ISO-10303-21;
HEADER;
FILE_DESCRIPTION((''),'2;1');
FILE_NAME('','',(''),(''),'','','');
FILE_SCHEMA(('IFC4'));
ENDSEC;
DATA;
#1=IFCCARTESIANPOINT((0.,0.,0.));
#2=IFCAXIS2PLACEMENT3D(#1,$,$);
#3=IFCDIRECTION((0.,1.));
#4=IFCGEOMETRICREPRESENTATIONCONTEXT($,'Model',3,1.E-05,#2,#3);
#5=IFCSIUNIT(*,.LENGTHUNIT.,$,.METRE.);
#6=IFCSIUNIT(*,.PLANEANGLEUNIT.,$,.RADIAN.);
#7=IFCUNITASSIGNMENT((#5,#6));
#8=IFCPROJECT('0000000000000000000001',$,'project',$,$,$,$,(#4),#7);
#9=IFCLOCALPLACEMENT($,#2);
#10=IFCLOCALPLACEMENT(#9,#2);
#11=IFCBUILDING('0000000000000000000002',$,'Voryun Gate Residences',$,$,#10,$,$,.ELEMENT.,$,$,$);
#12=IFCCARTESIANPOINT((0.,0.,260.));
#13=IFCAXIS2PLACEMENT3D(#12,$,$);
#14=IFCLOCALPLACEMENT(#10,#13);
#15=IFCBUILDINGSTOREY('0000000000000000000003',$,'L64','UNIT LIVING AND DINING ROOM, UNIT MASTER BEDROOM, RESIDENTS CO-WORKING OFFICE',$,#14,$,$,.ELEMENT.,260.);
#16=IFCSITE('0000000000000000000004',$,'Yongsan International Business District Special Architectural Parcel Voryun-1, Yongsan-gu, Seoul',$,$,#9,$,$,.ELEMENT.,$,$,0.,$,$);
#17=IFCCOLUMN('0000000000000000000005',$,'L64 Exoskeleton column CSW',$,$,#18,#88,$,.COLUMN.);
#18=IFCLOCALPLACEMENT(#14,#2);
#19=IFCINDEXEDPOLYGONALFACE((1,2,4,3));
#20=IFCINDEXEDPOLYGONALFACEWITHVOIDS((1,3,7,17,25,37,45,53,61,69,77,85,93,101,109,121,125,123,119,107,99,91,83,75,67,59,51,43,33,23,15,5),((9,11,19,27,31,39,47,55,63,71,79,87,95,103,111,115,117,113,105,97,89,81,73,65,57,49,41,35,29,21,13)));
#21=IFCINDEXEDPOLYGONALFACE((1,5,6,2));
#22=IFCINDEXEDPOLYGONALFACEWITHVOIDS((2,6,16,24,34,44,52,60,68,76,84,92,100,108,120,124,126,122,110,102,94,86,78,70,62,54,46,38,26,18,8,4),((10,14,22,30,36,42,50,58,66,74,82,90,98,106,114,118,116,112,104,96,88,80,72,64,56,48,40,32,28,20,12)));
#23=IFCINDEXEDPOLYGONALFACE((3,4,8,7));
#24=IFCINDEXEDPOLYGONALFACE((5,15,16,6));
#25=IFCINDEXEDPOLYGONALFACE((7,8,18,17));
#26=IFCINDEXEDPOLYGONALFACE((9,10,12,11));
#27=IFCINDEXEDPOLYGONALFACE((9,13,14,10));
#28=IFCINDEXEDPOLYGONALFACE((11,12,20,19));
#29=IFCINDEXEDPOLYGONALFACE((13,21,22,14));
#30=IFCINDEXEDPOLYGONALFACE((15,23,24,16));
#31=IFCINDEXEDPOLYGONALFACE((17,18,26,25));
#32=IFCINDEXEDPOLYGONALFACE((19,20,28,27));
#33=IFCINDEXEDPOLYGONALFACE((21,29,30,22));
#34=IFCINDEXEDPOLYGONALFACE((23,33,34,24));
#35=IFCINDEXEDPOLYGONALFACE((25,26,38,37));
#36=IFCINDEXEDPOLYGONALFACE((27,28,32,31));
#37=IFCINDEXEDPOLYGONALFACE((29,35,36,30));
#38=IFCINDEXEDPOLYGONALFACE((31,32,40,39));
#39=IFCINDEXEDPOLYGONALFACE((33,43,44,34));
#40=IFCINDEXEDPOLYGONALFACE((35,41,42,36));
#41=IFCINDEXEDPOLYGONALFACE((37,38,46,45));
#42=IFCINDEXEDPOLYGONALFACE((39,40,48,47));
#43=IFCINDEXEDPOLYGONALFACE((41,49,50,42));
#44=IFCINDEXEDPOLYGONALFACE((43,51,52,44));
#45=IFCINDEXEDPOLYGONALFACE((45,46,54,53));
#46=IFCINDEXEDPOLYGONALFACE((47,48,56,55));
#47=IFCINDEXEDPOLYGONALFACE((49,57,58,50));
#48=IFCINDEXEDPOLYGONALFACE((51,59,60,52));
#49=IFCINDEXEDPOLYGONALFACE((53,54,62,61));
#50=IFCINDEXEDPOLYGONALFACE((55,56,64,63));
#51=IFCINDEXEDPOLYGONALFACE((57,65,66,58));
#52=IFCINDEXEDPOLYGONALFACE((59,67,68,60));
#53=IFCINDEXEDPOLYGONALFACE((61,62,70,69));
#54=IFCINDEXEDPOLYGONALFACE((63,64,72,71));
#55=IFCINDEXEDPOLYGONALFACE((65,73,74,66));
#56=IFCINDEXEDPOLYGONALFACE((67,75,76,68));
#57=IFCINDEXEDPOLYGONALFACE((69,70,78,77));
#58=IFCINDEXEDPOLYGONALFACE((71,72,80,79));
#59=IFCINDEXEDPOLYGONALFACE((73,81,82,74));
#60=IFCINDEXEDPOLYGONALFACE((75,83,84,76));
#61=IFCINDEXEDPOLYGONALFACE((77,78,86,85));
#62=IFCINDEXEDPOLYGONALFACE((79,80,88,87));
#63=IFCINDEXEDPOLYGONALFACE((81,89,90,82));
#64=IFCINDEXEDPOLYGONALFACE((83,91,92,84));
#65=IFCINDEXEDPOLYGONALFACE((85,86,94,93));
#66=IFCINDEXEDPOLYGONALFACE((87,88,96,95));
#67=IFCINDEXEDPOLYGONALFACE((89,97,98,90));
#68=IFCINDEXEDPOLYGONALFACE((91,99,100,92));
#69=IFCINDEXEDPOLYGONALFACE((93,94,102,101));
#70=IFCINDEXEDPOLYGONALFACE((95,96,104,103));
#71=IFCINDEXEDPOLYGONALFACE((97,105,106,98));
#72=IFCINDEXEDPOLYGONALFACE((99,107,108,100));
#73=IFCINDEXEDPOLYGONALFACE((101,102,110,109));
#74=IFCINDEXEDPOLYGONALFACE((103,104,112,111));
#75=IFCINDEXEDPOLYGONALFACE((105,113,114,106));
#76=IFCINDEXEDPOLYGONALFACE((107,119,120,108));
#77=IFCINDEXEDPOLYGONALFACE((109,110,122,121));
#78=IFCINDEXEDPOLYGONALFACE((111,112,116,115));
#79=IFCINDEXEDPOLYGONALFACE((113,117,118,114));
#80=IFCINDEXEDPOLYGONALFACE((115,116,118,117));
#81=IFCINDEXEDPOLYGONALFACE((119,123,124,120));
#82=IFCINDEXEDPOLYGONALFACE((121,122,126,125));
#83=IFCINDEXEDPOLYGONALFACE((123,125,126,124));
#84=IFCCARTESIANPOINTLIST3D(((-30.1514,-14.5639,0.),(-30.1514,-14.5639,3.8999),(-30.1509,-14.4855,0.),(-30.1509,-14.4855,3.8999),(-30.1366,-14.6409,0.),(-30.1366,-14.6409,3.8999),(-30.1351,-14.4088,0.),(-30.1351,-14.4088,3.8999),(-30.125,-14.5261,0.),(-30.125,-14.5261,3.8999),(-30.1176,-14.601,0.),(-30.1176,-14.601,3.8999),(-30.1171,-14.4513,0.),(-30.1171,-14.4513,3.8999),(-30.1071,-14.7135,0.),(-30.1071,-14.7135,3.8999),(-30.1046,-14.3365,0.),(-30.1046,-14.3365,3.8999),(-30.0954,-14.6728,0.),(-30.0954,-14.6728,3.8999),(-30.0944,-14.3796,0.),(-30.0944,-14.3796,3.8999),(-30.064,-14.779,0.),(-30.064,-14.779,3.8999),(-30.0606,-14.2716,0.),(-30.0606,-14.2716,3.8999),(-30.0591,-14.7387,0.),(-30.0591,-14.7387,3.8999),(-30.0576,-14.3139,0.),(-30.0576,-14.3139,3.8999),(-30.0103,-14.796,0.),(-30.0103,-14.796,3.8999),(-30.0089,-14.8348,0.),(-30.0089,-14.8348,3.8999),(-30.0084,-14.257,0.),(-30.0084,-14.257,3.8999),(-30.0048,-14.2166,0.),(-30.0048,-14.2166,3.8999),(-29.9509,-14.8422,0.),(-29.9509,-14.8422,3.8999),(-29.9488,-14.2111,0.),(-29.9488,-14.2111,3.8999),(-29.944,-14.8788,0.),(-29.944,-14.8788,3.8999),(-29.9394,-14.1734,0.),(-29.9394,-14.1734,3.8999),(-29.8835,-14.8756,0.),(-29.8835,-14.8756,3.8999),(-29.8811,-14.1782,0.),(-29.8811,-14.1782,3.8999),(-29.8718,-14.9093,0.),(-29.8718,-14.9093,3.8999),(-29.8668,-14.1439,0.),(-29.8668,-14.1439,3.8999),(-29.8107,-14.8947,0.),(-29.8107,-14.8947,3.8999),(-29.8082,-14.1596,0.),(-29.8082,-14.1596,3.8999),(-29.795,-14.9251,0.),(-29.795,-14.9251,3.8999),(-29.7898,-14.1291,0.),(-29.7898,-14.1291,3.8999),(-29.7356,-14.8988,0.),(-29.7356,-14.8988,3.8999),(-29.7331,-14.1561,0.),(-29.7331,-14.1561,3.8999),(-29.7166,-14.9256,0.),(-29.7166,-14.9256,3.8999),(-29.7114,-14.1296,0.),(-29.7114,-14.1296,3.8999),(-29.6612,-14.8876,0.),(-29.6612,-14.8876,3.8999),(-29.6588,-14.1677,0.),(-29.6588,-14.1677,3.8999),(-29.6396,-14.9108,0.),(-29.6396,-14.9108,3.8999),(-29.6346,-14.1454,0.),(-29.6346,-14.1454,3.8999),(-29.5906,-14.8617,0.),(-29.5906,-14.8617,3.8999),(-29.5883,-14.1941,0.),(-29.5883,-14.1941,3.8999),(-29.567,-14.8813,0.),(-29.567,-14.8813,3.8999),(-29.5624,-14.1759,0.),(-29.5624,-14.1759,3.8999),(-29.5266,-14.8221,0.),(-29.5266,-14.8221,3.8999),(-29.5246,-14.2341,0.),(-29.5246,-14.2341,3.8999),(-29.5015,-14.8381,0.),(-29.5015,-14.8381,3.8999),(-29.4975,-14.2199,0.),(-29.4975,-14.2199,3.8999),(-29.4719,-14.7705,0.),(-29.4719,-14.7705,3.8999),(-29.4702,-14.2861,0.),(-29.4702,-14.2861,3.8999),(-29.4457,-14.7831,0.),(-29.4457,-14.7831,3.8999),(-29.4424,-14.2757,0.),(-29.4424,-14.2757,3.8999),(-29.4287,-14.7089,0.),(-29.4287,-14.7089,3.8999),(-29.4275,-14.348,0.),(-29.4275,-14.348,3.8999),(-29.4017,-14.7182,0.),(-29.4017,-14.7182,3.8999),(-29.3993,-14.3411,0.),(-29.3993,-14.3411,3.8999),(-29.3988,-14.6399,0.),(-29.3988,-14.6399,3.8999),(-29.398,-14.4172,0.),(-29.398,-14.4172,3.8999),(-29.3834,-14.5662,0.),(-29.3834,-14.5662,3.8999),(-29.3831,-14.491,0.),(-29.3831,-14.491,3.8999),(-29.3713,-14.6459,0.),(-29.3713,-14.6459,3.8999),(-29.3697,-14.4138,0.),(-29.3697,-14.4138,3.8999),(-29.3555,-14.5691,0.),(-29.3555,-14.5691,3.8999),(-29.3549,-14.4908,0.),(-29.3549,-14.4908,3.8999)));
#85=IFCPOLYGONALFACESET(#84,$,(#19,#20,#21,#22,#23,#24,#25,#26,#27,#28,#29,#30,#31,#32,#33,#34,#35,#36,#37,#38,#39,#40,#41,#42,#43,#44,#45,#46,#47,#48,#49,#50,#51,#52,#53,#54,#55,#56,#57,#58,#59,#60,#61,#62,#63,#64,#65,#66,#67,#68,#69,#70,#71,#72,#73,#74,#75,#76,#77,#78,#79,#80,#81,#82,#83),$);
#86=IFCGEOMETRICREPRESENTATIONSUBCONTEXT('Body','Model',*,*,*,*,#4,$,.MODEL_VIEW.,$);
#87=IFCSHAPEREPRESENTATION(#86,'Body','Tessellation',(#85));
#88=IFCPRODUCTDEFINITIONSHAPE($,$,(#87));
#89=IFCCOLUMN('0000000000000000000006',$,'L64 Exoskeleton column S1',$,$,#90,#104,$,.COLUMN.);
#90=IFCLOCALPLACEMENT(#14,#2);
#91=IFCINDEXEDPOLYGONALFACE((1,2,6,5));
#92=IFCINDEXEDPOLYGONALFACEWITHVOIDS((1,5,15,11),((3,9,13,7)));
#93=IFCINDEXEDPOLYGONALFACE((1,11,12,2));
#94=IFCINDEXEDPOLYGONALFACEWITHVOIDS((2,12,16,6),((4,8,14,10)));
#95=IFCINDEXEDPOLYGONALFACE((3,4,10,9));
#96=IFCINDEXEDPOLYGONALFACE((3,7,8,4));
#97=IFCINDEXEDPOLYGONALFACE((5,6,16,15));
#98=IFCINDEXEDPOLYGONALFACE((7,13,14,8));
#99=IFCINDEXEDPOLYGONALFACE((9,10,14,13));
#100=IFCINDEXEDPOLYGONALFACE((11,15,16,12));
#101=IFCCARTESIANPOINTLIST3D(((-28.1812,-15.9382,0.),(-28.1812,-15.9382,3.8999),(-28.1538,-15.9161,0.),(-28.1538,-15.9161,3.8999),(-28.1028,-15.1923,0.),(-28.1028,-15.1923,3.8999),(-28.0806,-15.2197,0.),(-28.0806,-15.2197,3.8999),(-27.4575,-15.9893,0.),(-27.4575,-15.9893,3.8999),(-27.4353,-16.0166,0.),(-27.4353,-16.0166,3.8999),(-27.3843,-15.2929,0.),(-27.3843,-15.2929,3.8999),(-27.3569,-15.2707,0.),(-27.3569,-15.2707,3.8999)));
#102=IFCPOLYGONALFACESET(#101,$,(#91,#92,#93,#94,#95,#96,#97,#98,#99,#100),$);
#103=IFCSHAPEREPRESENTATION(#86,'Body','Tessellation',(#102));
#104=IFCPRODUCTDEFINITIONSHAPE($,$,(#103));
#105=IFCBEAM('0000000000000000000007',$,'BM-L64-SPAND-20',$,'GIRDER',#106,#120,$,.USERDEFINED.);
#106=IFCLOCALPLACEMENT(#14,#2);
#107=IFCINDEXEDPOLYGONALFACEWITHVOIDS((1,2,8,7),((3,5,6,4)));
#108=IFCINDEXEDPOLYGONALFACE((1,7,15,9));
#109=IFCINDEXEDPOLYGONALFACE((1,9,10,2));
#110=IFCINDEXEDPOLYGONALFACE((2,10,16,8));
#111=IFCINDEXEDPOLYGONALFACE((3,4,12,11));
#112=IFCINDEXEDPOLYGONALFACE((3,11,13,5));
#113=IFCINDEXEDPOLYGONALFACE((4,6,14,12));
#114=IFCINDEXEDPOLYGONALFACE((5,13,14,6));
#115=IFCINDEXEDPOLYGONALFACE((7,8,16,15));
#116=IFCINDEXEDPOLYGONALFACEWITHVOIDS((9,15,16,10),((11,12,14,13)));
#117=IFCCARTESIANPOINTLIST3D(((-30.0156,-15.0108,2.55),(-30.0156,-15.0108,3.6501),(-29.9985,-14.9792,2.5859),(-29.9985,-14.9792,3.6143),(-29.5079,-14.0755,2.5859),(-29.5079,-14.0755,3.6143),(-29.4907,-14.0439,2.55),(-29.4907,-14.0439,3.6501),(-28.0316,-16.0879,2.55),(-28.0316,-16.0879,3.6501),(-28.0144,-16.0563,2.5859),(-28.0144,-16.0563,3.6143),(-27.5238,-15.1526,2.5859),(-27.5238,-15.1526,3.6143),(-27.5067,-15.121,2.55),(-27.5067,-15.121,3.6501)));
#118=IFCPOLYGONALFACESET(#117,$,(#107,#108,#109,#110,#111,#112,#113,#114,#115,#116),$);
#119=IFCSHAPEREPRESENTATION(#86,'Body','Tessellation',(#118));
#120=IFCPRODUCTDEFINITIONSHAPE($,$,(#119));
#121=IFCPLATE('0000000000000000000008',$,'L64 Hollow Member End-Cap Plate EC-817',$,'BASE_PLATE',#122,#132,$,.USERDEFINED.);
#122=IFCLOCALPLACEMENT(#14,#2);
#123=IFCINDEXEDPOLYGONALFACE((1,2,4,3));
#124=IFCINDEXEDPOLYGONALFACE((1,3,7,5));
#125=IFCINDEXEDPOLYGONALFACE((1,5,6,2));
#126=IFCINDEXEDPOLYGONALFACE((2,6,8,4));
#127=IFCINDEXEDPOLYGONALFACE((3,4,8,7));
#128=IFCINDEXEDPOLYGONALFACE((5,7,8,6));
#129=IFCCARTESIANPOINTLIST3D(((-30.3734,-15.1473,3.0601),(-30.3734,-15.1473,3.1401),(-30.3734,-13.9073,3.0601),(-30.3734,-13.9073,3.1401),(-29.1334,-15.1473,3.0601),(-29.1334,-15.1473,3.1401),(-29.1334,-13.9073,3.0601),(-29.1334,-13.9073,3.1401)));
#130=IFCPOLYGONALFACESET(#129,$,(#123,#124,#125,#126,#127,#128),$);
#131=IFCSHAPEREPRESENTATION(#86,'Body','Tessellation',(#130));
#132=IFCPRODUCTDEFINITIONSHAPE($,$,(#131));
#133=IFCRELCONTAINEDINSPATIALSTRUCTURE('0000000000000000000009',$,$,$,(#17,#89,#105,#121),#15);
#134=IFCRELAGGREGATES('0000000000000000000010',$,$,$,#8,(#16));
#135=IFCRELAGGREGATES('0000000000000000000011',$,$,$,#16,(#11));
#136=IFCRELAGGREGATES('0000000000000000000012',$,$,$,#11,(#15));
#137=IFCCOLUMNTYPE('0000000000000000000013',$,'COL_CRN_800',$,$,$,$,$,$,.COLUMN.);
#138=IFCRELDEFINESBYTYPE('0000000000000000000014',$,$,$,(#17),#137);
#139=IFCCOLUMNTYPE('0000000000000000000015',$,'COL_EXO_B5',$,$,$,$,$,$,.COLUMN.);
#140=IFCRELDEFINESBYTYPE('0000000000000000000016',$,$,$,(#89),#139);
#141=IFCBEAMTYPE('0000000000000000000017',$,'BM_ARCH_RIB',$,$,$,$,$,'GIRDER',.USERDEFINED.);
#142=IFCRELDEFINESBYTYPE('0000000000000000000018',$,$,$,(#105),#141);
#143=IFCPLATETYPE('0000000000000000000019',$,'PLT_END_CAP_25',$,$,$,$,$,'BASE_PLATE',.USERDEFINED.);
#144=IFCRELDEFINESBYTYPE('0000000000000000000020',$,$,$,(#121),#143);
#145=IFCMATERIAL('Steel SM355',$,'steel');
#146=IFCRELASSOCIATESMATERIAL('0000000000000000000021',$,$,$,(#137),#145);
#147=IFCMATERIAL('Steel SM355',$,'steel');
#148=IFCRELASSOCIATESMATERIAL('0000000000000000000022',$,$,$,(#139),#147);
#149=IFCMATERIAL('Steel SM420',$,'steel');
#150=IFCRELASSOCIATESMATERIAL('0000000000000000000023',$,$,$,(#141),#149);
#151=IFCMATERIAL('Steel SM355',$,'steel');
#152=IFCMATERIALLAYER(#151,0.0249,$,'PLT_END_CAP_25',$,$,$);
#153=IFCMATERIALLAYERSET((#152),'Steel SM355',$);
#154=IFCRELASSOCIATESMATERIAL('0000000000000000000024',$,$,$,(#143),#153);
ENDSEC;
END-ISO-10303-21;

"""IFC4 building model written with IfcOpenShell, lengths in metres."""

from ifc_helpers import new_model, si_unit, direction, frame, origin, origin_2d, place, context, subcontext, project, spatial, rectangle, hollow_rectangle, hollow_circle, extrude, material, layer, layer_set, material_profile, profile_set, type_object, element, save


model = new_model("IFC4")

# Units and contexts
model_context = context("Model", 3, precision=1e-05, world=origin(), true_north=direction((0.0, 1.0)))
body_context = subcontext(model_context, "Body", "Model", "MODEL_VIEW")
ifc_project = project(units=[si_unit("LENGTHUNIT", "METRE"), si_unit("PLANEANGLEUNIT", "RADIAN")], contexts=[model_context])

# Site, building, storey
site_placement = place(None, origin())
site = spatial("IfcSite", under=ifc_project, at=site_placement, Name="Yongsan International Business District Special Architectural Parcel Voryun-1, Yongsan-gu, Seoul", CompositionType="ELEMENT", RefElevation=0.0)
building_placement = place(site_placement, origin())
building = spatial("IfcBuilding", under=site, at=building_placement, Name="Voryun Gate Residences", CompositionType="ELEMENT")
storey_placement = place(building_placement, frame((0.0, 0.0, 260.0)))
storey = spatial("IfcBuildingStorey", under=building, at=storey_placement, Name="L64", Description="UNIT LIVING AND DINING ROOM, UNIT MASTER BEDROOM, RESIDENTS CO-WORKING OFFICE", CompositionType="ELEMENT", Elevation=260.0)

# Columns
ifc_material_1 = material(Name="Steel SM355", Category="steel")
ifc_material_profile_1 = material_profile(ifc_material_1, hollow_circle(Radius=0.3999, WallThickness=0.0281, at=origin_2d()), Name="CHS-800x28")
ifc_profile_set_1 = profile_set([ifc_material_profile_1], Name="Steel SM355")
column_type_1 = type_object("IfcColumnType", Name="COL_CRN_800", PredefinedType="COLUMN", material=ifc_profile_set_1)
column_1_placement = place(storey_placement, frame((-29.7532, -14.5273, 0.0), z_axis=(0.0, 0.0, 1.0), x_axis=(0.994522, -0.104528, 0.0)))
element("IfcColumn", 1, at=column_1_placement, inside=storey, type_object=column_type_1, Name="L64 Exoskeleton column CSW", PredefinedType="COLUMN", context=body_context, shape_type="SweptSolid", body=[
    extrude(hollow_circle(Radius=0.3999, WallThickness=0.0281, at=origin_2d()), origin(), (0.0, 0.0, 1.0), 3.8999),
])
ifc_material_2 = material(Name="Steel SM355", Category="steel")
ifc_material_profile_2 = material_profile(ifc_material_2, hollow_rectangle(XDim=0.75, YDim=0.75, WallThickness=0.0249, at=origin_2d()), Name="BOX-750x750x25")
ifc_profile_set_2 = profile_set([ifc_material_profile_2], Name="Steel SM355")
column_type_2 = type_object("IfcColumnType", Name="COL_EXO_B5", PredefinedType="COLUMN", material=ifc_profile_set_2)
column_2_placement = place(storey_placement, frame((-27.769, -15.6045, 0.0), z_axis=(0.0, 0.0, 1.0), x_axis=(0.994522, -0.104528, 0.0)))
element("IfcColumn", 2, at=column_2_placement, inside=storey, type_object=column_type_2, Name="L64 Exoskeleton column S1", PredefinedType="COLUMN", context=body_context, shape_type="SweptSolid", body=[
    extrude(hollow_rectangle(XDim=0.75, YDim=0.75, WallThickness=0.0249, at=origin_2d()), origin(), (0.0, 0.0, 1.0), 3.8999),
])

# Beam
ifc_material_3 = material(Name="Steel SM420", Category="steel")
ifc_material_profile_3 = material_profile(ifc_material_3, hollow_rectangle(XDim=1.1001, YDim=1.1001, WallThickness=0.0359, at=origin_2d()), Name="BOX-1100x1100x36")
ifc_profile_set_3 = profile_set([ifc_material_profile_3], Name="Steel SM420")
beam_type = type_object("IfcBeamType", Name="BM_ARCH_RIB", ElementType="GIRDER", PredefinedType="USERDEFINED", material=ifc_profile_set_3)
beam_placement = place(storey_placement, frame((-29.7532, -14.5273, 3.1001), z_axis=(0.878844, -0.477109, 0.0), x_axis=(0.477109, 0.878844, 0.0)))
element("IfcBeam", 3, at=beam_placement, inside=storey, type_object=beam_type, Name="BM-L64-SPAND-20", ObjectType="GIRDER", PredefinedType="USERDEFINED", context=body_context, shape_type="SweptSolid", body=[
    extrude(hollow_rectangle(XDim=1.1001, YDim=1.1001, WallThickness=0.0359, at=origin_2d()), origin(), (0.0, 0.0, 1.0), 2.2576),
])

# Plate
ifc_material_4 = material(Name="Steel SM355", Category="steel")
ifc_layer_1 = layer(ifc_material_4, 0.0249, Name="PLT_END_CAP_25")
ifc_layer_set_1 = layer_set([ifc_layer_1], Name="Steel SM355")
plate_type = type_object("IfcPlateType", Name="PLT_END_CAP_25", ElementType="BASE_PLATE", PredefinedType="USERDEFINED", material=ifc_layer_set_1)
plate_placement = place(storey_placement, frame((-29.7534, -14.5273, 3.0601), z_axis=(0.0, 0.0, 1.0), x_axis=(1.0, 0.0, 0.0)))
element("IfcPlate", 4, at=plate_placement, inside=storey, type_object=plate_type, Name="L64 Hollow Member End-Cap Plate EC-817", ObjectType="BASE_PLATE", PredefinedType="USERDEFINED", context=body_context, shape_type="SweptSolid", body=[
    extrude(rectangle(XDim=1.24, YDim=1.24, at=origin_2d()), origin(), (0.0, 0.0, 1.0), 0.0801),
])

save(model, "model.ifc")
